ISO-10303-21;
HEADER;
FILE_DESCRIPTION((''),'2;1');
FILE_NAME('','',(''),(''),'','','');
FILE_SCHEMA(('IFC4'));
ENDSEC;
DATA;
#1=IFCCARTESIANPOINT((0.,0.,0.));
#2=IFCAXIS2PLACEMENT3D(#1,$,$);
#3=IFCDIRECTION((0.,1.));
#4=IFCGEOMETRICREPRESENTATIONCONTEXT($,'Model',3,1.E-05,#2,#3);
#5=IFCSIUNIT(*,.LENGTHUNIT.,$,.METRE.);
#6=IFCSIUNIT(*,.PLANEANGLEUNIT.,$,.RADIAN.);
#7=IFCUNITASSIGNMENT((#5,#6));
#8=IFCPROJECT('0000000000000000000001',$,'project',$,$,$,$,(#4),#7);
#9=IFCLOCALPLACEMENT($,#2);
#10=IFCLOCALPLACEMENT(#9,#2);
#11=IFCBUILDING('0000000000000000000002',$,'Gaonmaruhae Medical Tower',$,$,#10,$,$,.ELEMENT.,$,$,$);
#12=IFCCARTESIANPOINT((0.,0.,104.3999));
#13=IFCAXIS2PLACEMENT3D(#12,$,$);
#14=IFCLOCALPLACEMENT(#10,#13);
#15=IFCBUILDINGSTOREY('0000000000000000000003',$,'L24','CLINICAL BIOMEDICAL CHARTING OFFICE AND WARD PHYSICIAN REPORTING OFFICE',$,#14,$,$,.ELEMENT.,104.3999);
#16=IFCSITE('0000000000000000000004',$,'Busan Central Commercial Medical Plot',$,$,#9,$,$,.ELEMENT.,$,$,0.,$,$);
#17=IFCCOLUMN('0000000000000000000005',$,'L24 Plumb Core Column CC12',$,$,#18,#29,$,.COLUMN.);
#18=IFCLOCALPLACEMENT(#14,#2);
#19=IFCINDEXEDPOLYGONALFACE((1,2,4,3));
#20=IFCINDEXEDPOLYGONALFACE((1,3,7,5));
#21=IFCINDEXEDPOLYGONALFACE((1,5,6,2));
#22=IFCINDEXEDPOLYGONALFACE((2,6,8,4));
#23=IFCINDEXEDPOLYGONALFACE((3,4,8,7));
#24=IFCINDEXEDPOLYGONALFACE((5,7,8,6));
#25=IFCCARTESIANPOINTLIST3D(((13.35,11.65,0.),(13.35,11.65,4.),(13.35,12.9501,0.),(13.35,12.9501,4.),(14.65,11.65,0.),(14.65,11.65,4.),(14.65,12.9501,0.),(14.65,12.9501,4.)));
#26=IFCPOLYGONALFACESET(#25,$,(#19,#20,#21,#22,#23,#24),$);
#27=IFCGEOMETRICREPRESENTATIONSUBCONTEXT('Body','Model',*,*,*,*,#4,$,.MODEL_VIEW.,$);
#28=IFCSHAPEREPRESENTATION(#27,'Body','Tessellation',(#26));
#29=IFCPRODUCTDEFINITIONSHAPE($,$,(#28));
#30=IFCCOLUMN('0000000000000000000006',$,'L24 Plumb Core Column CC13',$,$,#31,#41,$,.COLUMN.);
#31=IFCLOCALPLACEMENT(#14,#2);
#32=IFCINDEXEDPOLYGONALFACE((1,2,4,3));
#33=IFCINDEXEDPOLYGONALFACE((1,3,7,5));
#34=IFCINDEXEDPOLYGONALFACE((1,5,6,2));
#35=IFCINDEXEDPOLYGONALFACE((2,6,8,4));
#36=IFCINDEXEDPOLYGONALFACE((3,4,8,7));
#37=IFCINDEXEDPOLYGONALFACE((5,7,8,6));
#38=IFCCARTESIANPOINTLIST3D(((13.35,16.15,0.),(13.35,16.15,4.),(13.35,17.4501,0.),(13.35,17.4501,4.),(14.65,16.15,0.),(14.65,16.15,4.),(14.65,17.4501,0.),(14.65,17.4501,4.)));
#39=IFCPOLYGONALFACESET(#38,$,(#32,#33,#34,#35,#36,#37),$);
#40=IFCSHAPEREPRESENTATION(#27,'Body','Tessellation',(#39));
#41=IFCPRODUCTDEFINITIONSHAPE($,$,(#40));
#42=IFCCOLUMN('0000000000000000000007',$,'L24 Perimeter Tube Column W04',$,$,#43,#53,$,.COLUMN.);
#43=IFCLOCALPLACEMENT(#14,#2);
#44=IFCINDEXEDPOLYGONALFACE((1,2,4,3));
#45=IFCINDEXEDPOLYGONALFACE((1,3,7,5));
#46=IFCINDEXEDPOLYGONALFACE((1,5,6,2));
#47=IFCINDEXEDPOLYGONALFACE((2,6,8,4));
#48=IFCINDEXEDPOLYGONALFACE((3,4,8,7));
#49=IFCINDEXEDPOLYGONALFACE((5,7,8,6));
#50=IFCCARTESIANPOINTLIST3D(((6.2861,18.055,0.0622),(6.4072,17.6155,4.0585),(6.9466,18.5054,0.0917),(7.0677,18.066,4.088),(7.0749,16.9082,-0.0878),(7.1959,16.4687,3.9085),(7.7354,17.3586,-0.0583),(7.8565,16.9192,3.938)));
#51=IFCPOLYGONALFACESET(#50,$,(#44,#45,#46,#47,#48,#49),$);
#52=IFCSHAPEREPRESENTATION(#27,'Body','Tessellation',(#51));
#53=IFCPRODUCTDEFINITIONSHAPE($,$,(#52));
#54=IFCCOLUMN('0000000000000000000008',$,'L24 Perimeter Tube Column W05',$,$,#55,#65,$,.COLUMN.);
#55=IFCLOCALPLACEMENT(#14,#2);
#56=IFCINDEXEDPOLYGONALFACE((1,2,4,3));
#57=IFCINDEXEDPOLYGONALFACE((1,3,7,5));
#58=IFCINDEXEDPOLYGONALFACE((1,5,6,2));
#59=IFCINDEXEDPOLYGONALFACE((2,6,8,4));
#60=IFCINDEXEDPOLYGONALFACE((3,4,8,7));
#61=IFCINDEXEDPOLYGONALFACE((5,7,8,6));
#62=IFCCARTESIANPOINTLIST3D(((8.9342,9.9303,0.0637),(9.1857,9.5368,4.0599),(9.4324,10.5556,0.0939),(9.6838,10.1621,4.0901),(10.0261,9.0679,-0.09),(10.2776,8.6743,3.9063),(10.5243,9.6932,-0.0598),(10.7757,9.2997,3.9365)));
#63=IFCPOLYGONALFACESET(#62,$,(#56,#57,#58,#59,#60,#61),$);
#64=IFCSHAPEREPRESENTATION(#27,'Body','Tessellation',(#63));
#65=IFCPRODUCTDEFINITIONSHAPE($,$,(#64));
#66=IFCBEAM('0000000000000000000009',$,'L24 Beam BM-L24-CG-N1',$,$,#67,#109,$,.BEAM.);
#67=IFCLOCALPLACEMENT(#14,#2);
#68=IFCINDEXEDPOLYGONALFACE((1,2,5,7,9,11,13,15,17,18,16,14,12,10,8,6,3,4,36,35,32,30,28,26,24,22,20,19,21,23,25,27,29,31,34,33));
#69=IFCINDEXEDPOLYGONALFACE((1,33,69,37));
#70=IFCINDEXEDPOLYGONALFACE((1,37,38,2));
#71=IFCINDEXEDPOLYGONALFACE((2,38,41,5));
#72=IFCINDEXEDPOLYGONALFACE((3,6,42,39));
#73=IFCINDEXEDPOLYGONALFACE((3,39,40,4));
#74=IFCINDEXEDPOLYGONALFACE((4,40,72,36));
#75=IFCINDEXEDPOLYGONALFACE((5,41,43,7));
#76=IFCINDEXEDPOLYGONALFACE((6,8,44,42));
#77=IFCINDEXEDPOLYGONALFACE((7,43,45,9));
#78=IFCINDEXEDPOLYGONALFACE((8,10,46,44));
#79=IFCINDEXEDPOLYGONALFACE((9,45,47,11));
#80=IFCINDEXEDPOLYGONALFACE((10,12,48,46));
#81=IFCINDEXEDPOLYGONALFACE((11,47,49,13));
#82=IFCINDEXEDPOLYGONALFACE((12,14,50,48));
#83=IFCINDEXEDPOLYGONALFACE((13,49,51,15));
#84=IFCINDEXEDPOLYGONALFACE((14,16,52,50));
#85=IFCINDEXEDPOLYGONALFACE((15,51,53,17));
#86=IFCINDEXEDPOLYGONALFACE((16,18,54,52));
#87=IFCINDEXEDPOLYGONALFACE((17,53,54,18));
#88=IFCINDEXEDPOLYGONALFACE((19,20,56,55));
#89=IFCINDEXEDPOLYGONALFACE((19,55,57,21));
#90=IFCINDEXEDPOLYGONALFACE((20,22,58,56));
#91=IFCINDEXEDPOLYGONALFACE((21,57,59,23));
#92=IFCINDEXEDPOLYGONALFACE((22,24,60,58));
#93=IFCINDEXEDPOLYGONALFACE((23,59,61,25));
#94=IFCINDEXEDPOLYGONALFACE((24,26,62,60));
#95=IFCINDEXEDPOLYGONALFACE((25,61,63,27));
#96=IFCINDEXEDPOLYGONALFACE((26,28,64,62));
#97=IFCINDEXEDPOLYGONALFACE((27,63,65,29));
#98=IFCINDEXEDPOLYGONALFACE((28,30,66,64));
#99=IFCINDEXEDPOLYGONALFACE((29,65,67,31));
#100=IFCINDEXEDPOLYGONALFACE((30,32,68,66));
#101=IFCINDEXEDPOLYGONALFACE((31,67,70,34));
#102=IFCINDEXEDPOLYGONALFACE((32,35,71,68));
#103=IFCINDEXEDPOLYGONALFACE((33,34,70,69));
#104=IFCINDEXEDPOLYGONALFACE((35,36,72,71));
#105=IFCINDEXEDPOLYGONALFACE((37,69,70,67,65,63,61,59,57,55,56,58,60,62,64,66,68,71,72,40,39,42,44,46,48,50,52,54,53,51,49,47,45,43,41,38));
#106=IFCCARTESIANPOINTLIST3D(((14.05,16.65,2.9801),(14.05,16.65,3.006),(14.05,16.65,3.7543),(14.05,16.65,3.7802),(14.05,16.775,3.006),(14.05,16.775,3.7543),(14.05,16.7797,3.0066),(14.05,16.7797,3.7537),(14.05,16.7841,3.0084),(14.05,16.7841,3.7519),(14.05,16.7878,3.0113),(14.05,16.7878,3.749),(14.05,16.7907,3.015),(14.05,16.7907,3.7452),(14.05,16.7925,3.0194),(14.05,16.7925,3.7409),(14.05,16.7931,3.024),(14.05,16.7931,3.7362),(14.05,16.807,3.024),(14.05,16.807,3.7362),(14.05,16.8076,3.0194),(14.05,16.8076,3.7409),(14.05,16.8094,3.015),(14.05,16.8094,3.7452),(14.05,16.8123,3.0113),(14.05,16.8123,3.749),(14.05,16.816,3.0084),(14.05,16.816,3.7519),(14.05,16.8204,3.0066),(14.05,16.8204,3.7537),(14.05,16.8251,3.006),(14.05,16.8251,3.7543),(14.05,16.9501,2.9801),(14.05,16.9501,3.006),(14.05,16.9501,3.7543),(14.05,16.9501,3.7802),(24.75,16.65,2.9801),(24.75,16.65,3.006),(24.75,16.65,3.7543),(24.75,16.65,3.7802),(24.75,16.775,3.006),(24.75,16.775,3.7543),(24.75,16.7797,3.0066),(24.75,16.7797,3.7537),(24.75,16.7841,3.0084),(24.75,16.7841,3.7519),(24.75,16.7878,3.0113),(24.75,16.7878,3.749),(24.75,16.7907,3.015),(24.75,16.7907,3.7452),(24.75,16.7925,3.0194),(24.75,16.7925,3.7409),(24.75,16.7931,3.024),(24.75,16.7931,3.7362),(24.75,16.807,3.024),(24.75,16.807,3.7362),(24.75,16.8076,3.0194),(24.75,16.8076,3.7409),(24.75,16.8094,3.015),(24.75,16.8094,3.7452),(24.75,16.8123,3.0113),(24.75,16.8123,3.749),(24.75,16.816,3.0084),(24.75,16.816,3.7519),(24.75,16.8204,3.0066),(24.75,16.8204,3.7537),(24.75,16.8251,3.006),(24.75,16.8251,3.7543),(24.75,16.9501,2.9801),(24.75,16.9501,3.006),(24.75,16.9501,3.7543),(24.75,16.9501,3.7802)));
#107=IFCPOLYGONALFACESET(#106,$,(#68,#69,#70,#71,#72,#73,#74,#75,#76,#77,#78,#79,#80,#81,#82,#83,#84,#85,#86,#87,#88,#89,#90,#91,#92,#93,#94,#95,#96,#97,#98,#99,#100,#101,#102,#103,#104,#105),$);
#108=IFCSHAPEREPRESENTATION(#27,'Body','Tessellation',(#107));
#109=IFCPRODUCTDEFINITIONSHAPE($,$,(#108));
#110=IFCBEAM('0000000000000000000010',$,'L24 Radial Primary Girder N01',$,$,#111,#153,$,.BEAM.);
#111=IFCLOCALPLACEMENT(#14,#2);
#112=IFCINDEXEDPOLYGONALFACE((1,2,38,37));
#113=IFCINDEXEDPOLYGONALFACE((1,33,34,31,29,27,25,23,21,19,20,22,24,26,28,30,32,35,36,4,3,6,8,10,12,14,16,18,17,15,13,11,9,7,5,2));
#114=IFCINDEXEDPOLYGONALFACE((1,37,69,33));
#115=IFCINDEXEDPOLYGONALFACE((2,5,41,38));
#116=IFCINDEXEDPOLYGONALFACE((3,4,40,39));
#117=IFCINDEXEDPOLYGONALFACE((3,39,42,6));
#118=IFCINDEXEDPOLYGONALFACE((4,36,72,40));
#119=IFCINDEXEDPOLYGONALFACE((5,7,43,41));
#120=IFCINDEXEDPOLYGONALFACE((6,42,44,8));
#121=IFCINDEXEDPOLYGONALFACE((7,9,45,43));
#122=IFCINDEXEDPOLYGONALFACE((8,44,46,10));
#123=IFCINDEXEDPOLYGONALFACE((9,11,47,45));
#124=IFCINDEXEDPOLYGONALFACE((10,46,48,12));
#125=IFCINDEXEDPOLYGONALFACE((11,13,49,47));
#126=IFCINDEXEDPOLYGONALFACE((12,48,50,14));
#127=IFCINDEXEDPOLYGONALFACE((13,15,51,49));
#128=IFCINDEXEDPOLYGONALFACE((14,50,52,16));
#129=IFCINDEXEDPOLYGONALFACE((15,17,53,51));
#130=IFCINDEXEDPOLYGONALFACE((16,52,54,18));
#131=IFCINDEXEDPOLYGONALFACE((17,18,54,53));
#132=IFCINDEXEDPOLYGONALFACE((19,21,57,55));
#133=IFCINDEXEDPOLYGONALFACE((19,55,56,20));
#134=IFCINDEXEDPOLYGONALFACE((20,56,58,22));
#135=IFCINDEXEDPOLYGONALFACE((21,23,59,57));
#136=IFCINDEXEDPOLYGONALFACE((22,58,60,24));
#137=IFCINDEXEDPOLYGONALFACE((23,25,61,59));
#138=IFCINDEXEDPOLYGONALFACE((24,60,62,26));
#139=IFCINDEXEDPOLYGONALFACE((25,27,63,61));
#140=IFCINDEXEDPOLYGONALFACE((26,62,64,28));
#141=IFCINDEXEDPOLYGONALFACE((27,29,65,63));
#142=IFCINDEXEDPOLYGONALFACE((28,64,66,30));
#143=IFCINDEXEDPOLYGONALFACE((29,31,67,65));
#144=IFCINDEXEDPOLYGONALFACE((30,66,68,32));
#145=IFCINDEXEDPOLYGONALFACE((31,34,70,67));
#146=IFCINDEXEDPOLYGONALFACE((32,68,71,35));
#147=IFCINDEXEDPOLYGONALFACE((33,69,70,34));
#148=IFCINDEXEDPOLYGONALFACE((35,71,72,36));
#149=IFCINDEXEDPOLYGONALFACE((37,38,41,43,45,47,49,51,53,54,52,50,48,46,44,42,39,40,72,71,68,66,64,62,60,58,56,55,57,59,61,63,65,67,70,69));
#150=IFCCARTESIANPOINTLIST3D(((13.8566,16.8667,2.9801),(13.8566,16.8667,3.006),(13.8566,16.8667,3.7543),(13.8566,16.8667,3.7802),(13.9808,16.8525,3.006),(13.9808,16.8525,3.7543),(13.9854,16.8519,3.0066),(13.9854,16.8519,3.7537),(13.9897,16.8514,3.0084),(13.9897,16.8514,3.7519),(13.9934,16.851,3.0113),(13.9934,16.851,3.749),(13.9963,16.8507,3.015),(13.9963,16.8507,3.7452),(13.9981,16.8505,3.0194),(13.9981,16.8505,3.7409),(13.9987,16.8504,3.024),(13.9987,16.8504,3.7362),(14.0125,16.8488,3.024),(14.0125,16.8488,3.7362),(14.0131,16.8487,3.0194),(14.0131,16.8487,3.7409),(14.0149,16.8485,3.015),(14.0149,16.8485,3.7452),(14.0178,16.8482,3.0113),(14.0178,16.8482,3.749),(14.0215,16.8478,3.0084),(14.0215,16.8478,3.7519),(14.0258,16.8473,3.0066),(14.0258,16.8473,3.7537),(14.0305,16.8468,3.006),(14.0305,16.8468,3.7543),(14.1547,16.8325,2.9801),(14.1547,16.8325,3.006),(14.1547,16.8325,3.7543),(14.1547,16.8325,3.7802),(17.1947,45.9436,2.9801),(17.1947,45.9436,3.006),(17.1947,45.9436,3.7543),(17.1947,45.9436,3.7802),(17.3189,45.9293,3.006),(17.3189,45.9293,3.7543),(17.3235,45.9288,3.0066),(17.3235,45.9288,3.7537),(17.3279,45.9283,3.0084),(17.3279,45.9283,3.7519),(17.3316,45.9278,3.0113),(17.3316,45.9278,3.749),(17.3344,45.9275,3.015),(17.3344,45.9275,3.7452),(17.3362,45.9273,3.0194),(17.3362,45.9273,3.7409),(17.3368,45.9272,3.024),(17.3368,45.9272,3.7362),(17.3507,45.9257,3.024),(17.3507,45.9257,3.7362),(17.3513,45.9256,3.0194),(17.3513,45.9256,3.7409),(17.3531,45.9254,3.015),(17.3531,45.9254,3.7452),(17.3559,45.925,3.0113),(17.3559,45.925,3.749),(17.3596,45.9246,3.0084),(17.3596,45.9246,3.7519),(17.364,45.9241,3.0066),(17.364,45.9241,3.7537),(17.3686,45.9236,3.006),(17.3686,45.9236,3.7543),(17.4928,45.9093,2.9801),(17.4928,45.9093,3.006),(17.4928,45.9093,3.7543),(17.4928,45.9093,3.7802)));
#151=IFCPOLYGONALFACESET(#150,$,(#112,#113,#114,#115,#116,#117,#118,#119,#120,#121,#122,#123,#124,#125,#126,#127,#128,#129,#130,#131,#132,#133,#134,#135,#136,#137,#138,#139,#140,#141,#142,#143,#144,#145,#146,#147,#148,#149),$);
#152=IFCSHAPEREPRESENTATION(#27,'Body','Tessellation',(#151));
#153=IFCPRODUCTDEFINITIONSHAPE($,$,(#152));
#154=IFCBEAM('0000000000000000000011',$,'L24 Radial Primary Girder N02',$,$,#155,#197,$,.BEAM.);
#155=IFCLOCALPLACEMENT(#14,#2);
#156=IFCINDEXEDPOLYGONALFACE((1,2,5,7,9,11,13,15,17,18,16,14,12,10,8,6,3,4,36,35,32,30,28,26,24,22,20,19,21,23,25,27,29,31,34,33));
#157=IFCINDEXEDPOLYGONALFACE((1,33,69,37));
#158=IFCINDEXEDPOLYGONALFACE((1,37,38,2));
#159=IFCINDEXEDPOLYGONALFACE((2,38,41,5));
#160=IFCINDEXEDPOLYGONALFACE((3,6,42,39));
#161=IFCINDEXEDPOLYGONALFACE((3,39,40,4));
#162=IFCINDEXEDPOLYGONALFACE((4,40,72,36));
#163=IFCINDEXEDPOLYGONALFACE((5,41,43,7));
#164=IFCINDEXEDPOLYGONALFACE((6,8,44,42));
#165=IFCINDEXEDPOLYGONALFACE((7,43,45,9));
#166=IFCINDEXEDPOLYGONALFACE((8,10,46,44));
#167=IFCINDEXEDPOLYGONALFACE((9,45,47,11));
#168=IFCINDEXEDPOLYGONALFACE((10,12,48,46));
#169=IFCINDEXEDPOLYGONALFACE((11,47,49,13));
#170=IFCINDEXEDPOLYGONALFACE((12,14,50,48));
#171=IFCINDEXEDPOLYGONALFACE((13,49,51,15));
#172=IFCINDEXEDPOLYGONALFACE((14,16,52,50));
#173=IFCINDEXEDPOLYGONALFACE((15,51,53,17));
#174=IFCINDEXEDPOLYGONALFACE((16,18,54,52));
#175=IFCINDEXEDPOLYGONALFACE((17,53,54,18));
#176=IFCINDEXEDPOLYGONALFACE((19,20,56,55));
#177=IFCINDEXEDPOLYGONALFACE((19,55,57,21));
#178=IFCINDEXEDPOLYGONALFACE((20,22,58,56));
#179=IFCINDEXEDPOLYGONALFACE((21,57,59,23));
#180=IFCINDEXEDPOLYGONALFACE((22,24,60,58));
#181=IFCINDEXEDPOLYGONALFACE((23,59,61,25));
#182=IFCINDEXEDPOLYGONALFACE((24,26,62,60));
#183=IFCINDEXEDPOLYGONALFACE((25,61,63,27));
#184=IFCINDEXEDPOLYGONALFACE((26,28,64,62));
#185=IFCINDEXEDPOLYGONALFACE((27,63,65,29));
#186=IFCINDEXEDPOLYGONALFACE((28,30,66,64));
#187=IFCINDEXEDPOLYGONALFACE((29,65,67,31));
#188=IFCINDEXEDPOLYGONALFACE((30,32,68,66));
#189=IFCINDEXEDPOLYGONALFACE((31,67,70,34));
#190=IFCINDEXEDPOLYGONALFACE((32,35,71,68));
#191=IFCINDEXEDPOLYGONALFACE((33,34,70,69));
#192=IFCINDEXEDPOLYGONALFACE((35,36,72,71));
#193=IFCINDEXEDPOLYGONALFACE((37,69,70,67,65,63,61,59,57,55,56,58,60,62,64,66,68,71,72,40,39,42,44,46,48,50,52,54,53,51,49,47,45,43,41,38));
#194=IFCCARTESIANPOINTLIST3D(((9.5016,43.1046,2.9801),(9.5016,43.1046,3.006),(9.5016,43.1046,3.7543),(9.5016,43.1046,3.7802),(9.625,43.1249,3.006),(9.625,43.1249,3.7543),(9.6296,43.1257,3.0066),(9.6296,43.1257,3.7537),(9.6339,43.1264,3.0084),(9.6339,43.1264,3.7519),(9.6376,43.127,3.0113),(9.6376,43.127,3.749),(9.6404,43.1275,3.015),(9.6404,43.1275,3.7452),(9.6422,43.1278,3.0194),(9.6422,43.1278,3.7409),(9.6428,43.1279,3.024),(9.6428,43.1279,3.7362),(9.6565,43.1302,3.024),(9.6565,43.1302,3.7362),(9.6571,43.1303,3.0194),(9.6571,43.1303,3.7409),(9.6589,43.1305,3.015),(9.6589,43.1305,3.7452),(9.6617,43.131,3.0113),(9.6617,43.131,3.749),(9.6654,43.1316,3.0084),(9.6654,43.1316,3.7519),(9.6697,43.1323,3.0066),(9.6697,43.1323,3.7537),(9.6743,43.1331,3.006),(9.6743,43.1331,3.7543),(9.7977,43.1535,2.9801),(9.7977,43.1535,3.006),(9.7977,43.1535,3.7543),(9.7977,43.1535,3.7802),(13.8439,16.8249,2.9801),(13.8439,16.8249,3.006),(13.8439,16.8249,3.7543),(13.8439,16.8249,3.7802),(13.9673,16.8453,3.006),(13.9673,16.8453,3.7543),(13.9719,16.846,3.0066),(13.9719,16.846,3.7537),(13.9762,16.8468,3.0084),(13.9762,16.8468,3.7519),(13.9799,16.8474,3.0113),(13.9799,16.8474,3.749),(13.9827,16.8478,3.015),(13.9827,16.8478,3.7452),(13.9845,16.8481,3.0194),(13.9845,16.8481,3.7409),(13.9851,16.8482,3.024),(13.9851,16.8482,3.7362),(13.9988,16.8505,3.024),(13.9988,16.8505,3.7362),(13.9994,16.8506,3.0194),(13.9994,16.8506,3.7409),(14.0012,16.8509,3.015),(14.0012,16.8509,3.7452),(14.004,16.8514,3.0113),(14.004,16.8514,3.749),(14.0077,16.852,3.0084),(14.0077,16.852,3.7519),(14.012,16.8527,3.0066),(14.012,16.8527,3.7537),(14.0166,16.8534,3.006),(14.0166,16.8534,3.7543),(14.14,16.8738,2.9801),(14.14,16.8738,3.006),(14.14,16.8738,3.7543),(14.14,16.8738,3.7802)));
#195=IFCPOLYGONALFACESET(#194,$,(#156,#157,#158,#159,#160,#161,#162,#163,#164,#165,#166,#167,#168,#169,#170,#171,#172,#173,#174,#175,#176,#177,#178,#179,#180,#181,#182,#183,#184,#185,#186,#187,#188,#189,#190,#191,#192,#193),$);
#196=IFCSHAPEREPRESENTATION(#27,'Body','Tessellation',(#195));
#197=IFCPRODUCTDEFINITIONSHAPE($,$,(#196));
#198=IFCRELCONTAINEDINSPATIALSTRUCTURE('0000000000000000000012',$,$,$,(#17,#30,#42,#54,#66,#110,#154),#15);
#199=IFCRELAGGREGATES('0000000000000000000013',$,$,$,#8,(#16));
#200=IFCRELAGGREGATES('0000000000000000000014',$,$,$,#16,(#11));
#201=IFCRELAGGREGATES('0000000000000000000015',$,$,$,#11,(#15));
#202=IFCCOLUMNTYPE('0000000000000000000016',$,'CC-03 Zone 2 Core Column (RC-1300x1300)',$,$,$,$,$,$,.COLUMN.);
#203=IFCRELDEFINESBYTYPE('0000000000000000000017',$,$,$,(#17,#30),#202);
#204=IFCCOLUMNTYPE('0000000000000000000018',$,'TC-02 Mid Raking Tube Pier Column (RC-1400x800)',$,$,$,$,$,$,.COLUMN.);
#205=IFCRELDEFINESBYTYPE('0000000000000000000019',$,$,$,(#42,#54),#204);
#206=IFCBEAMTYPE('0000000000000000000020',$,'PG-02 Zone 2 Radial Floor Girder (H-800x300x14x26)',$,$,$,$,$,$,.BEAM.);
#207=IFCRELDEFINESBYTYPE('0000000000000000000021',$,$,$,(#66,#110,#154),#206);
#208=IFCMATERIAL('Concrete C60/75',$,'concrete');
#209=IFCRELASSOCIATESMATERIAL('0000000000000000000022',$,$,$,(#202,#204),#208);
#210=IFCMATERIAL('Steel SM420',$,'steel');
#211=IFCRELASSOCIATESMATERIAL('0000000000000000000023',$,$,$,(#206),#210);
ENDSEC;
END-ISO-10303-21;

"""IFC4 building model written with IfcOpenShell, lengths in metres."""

from ifc_helpers import new_model, si_unit, direction, frame, origin, origin_2d, place, context, subcontext, project, spatial, rectangle, i_section, extrude, material, material_profile, profile_set, type_object, element, save


model = new_model("IFC4")

# Units and contexts
model_context = context("Model", 3, precision=1e-05, world=origin(), true_north=direction((0.0, 1.0)))
body_context = subcontext(model_context, "Body", "Model", "MODEL_VIEW")
ifc_project = project(units=[si_unit("LENGTHUNIT", "METRE"), si_unit("PLANEANGLEUNIT", "RADIAN")], contexts=[model_context])

# Site, building, storey
site_placement = place(None, origin())
site = spatial("IfcSite", under=ifc_project, at=site_placement, Name="Busan Central Commercial Medical Plot", CompositionType="ELEMENT", RefElevation=0.0)
building_placement = place(site_placement, origin())
building = spatial("IfcBuilding", under=site, at=building_placement, Name="Gaonmaruhae Medical Tower", CompositionType="ELEMENT")
storey_placement = place(building_placement, frame((0.0, 0.0, 104.3999)))
storey = spatial("IfcBuildingStorey", under=building, at=storey_placement, Name="L24", Description="CLINICAL BIOMEDICAL CHARTING OFFICE AND WARD PHYSICIAN REPORTING OFFICE", CompositionType="ELEMENT", Elevation=104.3999)

# Columns
ifc_material_1 = material(Name="Concrete C60/75", Category="concrete")
ifc_material_profile_1 = material_profile(ifc_material_1, rectangle(XDim=1.3, YDim=1.3, at=origin_2d()), Name="RC-1300x1300")
ifc_profile_set_1 = profile_set([ifc_material_profile_1], Name="Concrete C60/75")
column_type_1 = type_object("IfcColumnType", Name="CC-03 Zone 2 Core Column (RC-1300x1300)", PredefinedType="COLUMN", material=ifc_profile_set_1)
for number, where, z_axis, x_axis, name in (
    (1, (14.0, 12.3, 0.0), (0.0, 0.0, 1.0), (1.0, 0.0, 0.0), "L24 Plumb Core Column CC12"),
    (2, (14.0, 16.8, 0.0), (0.0, 0.0, 1.0), (1.0, 0.0, 0.0), "L24 Plumb Core Column CC13"),
):
    element("IfcColumn", number, at=place(storey_placement, frame(where, z_axis=z_axis, x_axis=x_axis)), inside=storey, type_object=column_type_1, Name=name, PredefinedType="COLUMN", context=body_context, shape_type="SweptSolid", body=[
        extrude(rectangle(XDim=1.3, YDim=1.3, at=origin_2d()), origin(), (0.0, 0.0, 1.0), 4.0),
    ])
ifc_material_profile_2 = material_profile(ifc_material_1, rectangle(XDim=1.3999, YDim=0.8, at=origin_2d()), Name="RC-1400x800")
ifc_profile_set_2 = profile_set([ifc_material_profile_2], Name="Concrete C60/75")
column_type_2 = type_object("IfcColumnType", Name="TC-02 Mid Raking Tube Pier Column (RC-1400x800)", PredefinedType="COLUMN", material=ifc_profile_set_2)
column_1_placement = place(storey_placement, frame((7.0107, 17.7068, 0.002), z_axis=(0.030106, -0.109256, 0.993558), x_axis=(-0.563433, 0.819183, 0.107153)))
element("IfcColumn", 3, at=column_1_placement, inside=storey, type_object=column_type_2, Name="L24 Perimeter Tube Column W04", PredefinedType="COLUMN", context=body_context, shape_type="SweptSolid", body=[
    extrude(rectangle(XDim=1.3999, YDim=0.8, at=origin_2d()), origin(), (0.0, 0.0, 1.0), 4.0222),
])
column_2_placement = place(storey_placement, frame((9.7292, 9.8118, 0.002), z_axis=(0.062498, -0.097813, 0.99324), x_axis=(-0.780001, 0.616078, 0.109751)))
element("IfcColumn", 4, at=column_2_placement, inside=storey, type_object=column_type_2, Name="L24 Perimeter Tube Column W05", PredefinedType="COLUMN", context=body_context, shape_type="SweptSolid", body=[
    extrude(rectangle(XDim=1.3999, YDim=0.8, at=origin_2d()), origin(), (0.0, 0.0, 1.0), 4.0234),
])

# Beams
ifc_material_2 = material(Name="Steel SM420", Category="steel")
ifc_material_profile_3 = material_profile(ifc_material_2, i_section(OverallWidth=0.3, OverallDepth=0.8, WebThickness=0.0139, FlangeThickness=0.0259, FilletRadius=0.0181, at=origin_2d()), Name="H-800x300x14x26")
ifc_profile_set_3 = profile_set([ifc_material_profile_3], Name="Steel SM420")
beam_type_1 = type_object("IfcBeamType", Name="PG-02 Zone 2 Radial Floor Girder (H-800x300x14x26)", PredefinedType="BEAM", material=ifc_profile_set_3)
beam_1_placement = place(storey_placement, frame((14.05, 16.8, 3.3801), z_axis=(1.0, 0.0, 0.0), x_axis=(0.0, 1.0, 0.0)))
element("IfcBeam", 5, at=beam_1_placement, inside=storey, type_object=beam_type_1, Name="L24 Beam BM-L24-CG-N1", PredefinedType="BEAM", context=body_context, shape_type="SweptSolid", body=[
    extrude(i_section(OverallWidth=0.3, OverallDepth=0.8, WebThickness=0.0139, FlangeThickness=0.0259, FilletRadius=0.0181, at=origin_2d()), origin(), (0.0, 0.0, 1.0), 10.7),
])
beam_2_placement = place(storey_placement, frame((14.0056, 16.8496, 3.3801), z_axis=(0.114054, 0.993474, 0.0), x_axis=(-0.993474, 0.114054, 0.0)))
element("IfcBeam", 6, at=beam_2_placement, inside=storey, type_object=beam_type_1, Name="L24 Radial Primary Girder N01", PredefinedType="BEAM", context=body_context, shape_type="SweptSolid", body=[
    extrude(i_section(OverallWidth=0.3, OverallDepth=0.8, WebThickness=0.0139, FlangeThickness=0.0259, FilletRadius=0.0181, at=origin_2d()), origin(), (0.0, 0.0, 1.0), 29.2678),
])
beam_3_placement = place(storey_placement, frame((13.9919, 16.8494, 3.3801), z_axis=(-0.163024, 0.986622, 0.0), x_axis=(-0.986622, -0.163024, 0.0)))
element("IfcBeam", 7, at=beam_3_placement, inside=storey, type_object=beam_type_1, Name="L24 Radial Primary Girder N02", PredefinedType="BEAM", context=body_context, shape_type="SweptSolid", body=[
    extrude(i_section(OverallWidth=0.3, OverallDepth=0.8, WebThickness=0.0139, FlangeThickness=0.0259, FilletRadius=0.0181, at=origin_2d()), origin(), (0.0, 0.0, 1.0), 26.636),
])

save(model, "model.ifc")
